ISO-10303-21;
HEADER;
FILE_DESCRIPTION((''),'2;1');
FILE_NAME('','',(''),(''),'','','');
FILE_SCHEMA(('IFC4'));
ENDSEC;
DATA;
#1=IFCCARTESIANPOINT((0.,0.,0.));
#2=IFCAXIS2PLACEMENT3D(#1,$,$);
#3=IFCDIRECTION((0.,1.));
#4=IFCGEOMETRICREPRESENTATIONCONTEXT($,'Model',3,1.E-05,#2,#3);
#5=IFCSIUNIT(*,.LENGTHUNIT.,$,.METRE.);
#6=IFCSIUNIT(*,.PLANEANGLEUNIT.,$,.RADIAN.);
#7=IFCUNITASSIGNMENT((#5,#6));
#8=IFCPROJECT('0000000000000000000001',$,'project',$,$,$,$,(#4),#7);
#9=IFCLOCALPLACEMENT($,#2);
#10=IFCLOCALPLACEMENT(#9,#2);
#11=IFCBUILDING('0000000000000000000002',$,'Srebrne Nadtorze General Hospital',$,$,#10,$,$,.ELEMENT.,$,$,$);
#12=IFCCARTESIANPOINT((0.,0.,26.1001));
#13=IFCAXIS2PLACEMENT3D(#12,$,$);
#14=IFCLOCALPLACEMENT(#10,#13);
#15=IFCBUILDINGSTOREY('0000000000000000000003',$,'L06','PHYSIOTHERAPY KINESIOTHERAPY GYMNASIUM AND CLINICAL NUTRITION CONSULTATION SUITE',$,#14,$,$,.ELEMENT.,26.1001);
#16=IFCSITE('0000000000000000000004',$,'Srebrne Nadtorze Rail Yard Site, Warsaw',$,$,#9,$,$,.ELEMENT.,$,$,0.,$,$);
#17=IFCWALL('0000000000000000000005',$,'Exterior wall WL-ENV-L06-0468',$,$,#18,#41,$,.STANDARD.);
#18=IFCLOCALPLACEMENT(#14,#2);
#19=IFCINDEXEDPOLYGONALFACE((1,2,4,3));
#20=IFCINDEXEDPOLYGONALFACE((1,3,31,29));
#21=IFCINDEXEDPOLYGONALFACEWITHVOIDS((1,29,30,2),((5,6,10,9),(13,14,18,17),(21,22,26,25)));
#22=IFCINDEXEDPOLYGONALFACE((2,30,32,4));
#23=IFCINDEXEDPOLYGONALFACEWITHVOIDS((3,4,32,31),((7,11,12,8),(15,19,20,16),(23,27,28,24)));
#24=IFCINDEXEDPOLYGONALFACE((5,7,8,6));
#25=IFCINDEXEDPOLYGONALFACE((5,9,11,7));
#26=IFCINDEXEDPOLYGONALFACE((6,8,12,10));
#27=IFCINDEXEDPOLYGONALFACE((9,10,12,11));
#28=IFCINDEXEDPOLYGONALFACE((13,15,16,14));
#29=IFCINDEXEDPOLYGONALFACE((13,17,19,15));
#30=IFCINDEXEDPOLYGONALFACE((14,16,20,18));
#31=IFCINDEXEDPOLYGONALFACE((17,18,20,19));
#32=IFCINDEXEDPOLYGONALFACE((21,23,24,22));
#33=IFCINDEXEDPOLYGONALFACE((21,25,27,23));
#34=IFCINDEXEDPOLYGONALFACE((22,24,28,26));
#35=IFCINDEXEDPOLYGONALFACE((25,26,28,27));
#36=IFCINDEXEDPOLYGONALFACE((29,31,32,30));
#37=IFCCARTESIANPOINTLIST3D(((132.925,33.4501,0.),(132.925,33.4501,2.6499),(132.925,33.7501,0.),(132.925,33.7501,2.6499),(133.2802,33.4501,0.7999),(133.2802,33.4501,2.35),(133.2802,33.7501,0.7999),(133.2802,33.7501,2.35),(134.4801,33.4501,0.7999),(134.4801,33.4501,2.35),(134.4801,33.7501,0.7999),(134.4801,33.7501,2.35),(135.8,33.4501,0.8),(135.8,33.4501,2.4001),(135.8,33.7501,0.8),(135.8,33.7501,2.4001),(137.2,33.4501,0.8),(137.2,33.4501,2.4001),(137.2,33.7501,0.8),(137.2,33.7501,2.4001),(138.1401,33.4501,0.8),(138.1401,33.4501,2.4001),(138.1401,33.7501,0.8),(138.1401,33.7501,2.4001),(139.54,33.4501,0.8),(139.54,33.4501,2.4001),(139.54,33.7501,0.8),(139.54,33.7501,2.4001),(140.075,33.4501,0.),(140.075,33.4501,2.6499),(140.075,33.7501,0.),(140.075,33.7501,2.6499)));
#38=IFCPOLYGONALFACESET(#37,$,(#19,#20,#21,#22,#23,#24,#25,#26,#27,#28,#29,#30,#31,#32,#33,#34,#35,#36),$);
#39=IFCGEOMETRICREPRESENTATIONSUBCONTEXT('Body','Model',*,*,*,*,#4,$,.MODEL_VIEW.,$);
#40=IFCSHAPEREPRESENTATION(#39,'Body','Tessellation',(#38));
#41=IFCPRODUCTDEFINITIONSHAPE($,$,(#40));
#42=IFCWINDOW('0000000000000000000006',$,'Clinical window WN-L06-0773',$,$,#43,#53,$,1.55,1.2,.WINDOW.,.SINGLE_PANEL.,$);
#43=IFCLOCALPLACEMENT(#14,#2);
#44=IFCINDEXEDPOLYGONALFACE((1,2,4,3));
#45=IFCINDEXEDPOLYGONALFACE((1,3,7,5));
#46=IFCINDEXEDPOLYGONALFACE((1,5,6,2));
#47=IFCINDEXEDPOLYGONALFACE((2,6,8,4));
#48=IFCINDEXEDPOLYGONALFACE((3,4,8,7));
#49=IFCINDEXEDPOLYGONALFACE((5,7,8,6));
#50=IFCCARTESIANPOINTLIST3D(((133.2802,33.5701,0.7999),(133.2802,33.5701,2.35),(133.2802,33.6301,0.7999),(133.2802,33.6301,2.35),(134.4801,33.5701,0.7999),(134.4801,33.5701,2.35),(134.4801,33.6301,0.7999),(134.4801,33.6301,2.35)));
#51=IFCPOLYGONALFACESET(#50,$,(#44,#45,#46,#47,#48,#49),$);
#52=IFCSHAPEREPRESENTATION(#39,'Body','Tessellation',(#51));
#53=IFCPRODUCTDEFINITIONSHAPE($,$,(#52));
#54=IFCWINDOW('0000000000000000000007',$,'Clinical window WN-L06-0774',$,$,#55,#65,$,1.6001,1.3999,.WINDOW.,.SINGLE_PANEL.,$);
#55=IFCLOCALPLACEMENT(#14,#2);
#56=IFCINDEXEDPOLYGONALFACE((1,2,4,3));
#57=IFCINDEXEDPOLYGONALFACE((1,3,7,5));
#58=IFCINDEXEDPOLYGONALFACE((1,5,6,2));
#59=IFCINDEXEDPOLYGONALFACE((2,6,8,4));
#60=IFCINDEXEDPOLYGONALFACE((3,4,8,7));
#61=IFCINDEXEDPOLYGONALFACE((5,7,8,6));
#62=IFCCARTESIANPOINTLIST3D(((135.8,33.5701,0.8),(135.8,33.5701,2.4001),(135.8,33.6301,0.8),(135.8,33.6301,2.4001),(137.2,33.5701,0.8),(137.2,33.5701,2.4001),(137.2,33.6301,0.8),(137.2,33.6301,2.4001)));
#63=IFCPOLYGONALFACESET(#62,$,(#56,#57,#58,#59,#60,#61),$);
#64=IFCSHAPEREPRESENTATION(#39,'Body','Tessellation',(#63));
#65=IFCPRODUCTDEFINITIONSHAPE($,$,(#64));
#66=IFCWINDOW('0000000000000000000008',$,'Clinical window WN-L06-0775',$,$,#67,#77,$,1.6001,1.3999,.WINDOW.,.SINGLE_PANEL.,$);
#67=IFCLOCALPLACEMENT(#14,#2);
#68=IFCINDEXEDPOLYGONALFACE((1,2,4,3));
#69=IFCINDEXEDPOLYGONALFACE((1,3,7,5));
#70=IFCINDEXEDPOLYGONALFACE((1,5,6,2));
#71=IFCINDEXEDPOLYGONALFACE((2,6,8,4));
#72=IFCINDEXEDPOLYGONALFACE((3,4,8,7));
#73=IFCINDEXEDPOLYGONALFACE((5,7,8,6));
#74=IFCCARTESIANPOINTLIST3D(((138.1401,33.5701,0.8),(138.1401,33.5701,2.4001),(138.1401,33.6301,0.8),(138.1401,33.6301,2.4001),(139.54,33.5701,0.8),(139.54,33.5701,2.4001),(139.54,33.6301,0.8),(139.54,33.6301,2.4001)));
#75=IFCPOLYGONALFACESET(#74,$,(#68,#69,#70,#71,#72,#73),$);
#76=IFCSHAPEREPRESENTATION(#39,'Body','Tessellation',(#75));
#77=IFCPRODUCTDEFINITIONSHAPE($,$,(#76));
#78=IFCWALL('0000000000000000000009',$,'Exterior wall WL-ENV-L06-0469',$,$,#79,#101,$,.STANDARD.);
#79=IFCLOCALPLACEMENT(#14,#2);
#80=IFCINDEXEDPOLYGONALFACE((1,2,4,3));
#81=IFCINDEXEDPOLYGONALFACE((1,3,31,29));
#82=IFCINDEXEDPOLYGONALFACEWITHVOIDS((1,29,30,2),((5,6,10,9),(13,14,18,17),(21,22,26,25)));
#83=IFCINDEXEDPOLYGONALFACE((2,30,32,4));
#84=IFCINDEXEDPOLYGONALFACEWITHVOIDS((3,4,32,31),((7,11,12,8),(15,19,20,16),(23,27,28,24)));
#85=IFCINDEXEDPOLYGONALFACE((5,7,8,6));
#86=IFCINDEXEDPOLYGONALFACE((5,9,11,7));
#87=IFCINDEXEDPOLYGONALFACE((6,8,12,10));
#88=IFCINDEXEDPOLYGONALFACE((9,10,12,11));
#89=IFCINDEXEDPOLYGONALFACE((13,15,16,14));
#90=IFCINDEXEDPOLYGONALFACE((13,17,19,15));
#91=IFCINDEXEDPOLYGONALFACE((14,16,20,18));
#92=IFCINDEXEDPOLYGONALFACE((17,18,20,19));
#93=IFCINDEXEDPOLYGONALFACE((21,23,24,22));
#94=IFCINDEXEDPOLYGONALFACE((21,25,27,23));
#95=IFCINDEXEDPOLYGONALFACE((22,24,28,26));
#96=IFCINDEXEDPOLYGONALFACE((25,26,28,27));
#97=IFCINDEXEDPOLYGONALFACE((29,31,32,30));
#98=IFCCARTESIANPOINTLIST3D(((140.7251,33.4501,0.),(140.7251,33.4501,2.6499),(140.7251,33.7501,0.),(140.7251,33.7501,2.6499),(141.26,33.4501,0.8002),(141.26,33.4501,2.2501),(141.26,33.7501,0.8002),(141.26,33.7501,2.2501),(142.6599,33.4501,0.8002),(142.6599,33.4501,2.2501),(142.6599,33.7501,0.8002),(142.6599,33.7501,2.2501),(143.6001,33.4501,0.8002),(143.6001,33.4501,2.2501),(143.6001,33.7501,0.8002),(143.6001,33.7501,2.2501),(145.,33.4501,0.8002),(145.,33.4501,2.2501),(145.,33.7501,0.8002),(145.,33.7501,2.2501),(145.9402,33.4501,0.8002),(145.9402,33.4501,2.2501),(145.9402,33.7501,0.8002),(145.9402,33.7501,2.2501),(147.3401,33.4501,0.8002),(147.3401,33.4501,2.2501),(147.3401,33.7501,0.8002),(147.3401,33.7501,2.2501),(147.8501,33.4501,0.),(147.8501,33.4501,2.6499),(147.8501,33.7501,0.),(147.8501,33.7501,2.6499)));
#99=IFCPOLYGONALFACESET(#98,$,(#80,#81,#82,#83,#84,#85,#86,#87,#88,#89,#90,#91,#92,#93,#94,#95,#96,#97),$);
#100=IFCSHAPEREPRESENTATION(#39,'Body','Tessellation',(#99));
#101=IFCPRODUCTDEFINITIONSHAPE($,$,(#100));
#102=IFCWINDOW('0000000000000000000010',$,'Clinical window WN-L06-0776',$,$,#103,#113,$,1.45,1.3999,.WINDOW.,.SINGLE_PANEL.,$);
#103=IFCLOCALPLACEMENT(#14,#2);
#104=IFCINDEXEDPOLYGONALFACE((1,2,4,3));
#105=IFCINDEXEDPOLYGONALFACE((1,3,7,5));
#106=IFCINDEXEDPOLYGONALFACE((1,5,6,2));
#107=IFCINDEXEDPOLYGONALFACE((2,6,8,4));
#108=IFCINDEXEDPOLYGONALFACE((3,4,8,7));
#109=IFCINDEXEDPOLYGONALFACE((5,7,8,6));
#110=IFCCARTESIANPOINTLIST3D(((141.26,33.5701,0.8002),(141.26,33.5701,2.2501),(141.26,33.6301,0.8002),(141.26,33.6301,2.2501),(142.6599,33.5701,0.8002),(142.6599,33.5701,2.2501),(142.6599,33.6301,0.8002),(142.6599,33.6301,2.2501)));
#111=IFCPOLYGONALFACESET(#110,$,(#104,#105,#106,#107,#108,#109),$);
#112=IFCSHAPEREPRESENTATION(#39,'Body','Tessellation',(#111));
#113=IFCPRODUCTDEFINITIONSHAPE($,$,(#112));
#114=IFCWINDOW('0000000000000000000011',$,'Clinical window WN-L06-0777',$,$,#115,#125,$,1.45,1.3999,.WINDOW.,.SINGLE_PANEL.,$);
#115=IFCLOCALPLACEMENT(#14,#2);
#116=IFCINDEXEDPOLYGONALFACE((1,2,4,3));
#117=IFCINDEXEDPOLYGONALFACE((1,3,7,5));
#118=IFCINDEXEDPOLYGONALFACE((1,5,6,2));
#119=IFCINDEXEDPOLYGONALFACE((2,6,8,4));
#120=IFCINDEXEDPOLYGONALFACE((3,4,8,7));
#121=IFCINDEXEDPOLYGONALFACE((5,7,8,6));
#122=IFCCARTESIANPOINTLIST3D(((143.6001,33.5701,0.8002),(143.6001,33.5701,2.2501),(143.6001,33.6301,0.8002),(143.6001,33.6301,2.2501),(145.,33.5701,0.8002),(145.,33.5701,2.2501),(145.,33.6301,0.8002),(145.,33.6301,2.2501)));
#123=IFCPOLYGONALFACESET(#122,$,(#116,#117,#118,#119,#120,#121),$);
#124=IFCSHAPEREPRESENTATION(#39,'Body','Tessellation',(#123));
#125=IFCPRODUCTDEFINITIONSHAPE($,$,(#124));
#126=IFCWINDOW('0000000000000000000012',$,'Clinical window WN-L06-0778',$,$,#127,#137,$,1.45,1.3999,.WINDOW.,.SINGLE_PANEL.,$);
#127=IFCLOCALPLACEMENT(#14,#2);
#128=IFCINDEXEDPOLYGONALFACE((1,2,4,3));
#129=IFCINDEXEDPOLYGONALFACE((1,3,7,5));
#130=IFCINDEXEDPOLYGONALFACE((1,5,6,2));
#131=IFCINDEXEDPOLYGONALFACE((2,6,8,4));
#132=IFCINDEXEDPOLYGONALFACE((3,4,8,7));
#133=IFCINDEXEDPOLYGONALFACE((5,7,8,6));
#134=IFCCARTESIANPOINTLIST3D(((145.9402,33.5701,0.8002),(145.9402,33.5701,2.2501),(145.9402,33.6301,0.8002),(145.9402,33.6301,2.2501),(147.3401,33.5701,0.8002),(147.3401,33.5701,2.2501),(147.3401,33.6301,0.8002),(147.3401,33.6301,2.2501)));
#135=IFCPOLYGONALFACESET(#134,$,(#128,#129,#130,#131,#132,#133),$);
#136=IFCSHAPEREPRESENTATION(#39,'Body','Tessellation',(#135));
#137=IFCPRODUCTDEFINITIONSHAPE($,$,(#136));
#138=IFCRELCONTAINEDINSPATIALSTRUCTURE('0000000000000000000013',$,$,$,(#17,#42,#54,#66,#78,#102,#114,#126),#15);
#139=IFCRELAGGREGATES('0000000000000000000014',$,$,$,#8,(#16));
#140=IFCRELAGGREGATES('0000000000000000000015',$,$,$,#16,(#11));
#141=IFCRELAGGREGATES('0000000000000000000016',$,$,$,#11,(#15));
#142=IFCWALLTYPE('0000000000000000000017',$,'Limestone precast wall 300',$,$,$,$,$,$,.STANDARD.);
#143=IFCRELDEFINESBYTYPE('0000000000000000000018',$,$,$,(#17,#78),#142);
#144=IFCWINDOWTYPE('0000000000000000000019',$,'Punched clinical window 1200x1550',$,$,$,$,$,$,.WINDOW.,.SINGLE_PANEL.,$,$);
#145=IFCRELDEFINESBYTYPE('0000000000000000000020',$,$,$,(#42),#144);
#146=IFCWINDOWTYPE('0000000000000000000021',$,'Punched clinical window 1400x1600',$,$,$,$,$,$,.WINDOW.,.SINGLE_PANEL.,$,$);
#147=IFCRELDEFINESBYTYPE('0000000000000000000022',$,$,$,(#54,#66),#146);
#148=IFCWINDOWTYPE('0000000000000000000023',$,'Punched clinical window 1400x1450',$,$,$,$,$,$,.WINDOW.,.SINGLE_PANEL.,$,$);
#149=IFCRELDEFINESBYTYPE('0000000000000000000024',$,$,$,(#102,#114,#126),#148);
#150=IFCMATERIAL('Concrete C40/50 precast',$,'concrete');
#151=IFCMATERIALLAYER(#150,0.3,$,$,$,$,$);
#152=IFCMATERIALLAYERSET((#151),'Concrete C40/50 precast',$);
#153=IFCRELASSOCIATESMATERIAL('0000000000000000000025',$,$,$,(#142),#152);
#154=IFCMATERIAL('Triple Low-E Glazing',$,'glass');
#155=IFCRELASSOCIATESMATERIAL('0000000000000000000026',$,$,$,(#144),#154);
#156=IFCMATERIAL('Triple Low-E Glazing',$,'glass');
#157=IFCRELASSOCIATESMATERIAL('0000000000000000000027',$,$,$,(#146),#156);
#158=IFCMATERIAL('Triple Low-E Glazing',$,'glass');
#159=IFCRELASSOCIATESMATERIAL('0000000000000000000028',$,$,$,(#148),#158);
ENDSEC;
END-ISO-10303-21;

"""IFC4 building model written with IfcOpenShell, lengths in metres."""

from ifc_helpers import new_model, si_unit, direction, frame, frame_2d, origin, place, context, subcontext, project, spatial, rectangle, extrude, material, layer, layer_set, type_object, element, fill, save


model = new_model("IFC4")

# Units and contexts
model_context = context("Model", 3, precision=1e-05, world=origin(), true_north=direction((0.0, 1.0)))
body_context = subcontext(model_context, "Body", "Model", "MODEL_VIEW")
ifc_project = project(units=[si_unit("LENGTHUNIT", "METRE"), si_unit("PLANEANGLEUNIT", "RADIAN")], contexts=[model_context])

# Site, building, storey
site_placement = place(None, origin())
site = spatial("IfcSite", under=ifc_project, at=site_placement, Name="Srebrne Nadtorze Rail Yard Site, Warsaw", CompositionType="ELEMENT", RefElevation=0.0)
building_placement = place(site_placement, origin())
building = spatial("IfcBuilding", under=site, at=building_placement, Name="Srebrne Nadtorze General Hospital", CompositionType="ELEMENT")
storey_placement = place(building_placement, frame((0.0, 0.0, 26.1001)))
storey = spatial("IfcBuildingStorey", under=building, at=storey_placement, Name="L06", Description="PHYSIOTHERAPY KINESIOTHERAPY GYMNASIUM AND CLINICAL NUTRITION CONSULTATION SUITE", CompositionType="ELEMENT", Elevation=26.1001)

# Walls, openings, windows
ifc_material_1 = material(Name="Concrete C40/50 precast", Category="concrete")
ifc_layer_1 = layer(ifc_material_1, 0.3)
ifc_layer_set_1 = layer_set([ifc_layer_1], Name="Concrete C40/50 precast")
wall_type_1 = type_object("IfcWallType", Name="Limestone precast wall 300", PredefinedType="STANDARD", material=ifc_layer_set_1)
wall_1_placement = place(storey_placement, frame((132.925, 33.6001, 0.0), z_axis=(0.0, 0.0, 1.0), x_axis=(1.0, 0.0, 0.0)))
wall_1 = element("IfcWall", 1, at=wall_1_placement, inside=storey, type_object=wall_type_1, Name="Exterior wall WL-ENV-L06-0468", PredefinedType="STANDARD", context=body_context, shape_type="SweptSolid", body=[
    extrude(rectangle(XDim=7.1499, YDim=0.3, at=frame_2d((3.575, 0.0))), origin(), (0.0, 0.0, 1.0), 2.6499),
])
opening_1_placement = place(wall_1_placement, frame((0.355, 0.0, 0.8)))
opening_1 = element("IfcOpeningElement", 2, at=opening_1_placement, cuts=wall_1, PredefinedType="OPENING", context=body_context, shape_type="SweptSolid", body=[
    extrude(rectangle(XDim=1.2, YDim=1.55, at=frame_2d((0.6001, 0.7749))), frame((0.0, 0.1621, 0.0), z_axis=(0.0, -1.0, 0.0), x_axis=(1.0, 0.0, 0.0)), (0.0, 0.0, 1.0), 0.324),
])
opening_2_placement = place(wall_1_placement, frame((2.875, 0.0, 0.8)))
opening_2 = element("IfcOpeningElement", 3, at=opening_2_placement, cuts=wall_1, PredefinedType="OPENING", context=body_context, shape_type="SweptSolid", body=[
    extrude(rectangle(XDim=1.3999, YDim=1.6001, at=frame_2d((0.7, 0.8))), frame((0.0, 0.1621, 0.0), z_axis=(0.0, -1.0, 0.0), x_axis=(1.0, 0.0, 0.0)), (0.0, 0.0, 1.0), 0.324),
])
opening_3_placement = place(wall_1_placement, frame((5.2151, 0.0, 0.8)))
opening_3 = element("IfcOpeningElement", 4, at=opening_3_placement, cuts=wall_1, PredefinedType="OPENING", context=body_context, shape_type="SweptSolid", body=[
    extrude(rectangle(XDim=1.3999, YDim=1.6001, at=frame_2d((0.7, 0.8))), frame((0.0, 0.1621, 0.0), z_axis=(0.0, -1.0, 0.0), x_axis=(1.0, 0.0, 0.0)), (0.0, 0.0, 1.0), 0.324),
])
ifc_material_2 = material(Name="Triple Low-E Glazing", Category="glass")
window_type_1 = type_object("IfcWindowType", Name="Punched clinical window 1200x1550", PartitioningType="SINGLE_PANEL", PredefinedType="WINDOW", material=ifc_material_2)
window_1_placement = place(opening_1_placement, origin())
window_1 = element("IfcWindow", 5, at=window_1_placement, inside=storey, type_object=window_type_1, Name="Clinical window WN-L06-0773", OverallHeight=1.55, OverallWidth=1.2, PartitioningType="SINGLE_PANEL", PredefinedType="WINDOW", context=body_context, shape_type="SweptSolid", body=[
    extrude(rectangle(XDim=1.2, YDim=1.55, at=frame_2d((0.6001, 0.7749))), frame((0.0, 0.03, 0.0), z_axis=(0.0, -1.0, 0.0), x_axis=(1.0, 0.0, 0.0)), (0.0, 0.0, 1.0), 0.0601),
])
fill(opening_1, window_1)
ifc_material_3 = material(Name="Triple Low-E Glazing", Category="glass")
window_type_2 = type_object("IfcWindowType", Name="Punched clinical window 1400x1600", PartitioningType="SINGLE_PANEL", PredefinedType="WINDOW", material=ifc_material_3)
window_2_placement = place(opening_2_placement, origin())
window_2 = element("IfcWindow", 6, at=window_2_placement, inside=storey, type_object=window_type_2, Name="Clinical window WN-L06-0774", OverallHeight=1.6001, OverallWidth=1.3999, PartitioningType="SINGLE_PANEL", PredefinedType="WINDOW", context=body_context, shape_type="SweptSolid", body=[
    extrude(rectangle(XDim=1.3999, YDim=1.6001, at=frame_2d((0.7, 0.8))), frame((0.0, 0.03, 0.0), z_axis=(0.0, -1.0, 0.0), x_axis=(1.0, 0.0, 0.0)), (0.0, 0.0, 1.0), 0.0601),
])
fill(opening_2, window_2)
window_3_placement = place(opening_3_placement, origin())
window_3 = element("IfcWindow", 7, at=window_3_placement, inside=storey, type_object=window_type_2, Name="Clinical window WN-L06-0775", OverallHeight=1.6001, OverallWidth=1.3999, PartitioningType="SINGLE_PANEL", PredefinedType="WINDOW", context=body_context, shape_type="SweptSolid", body=[
    extrude(rectangle(XDim=1.3999, YDim=1.6001, at=frame_2d((0.7, 0.8))), frame((0.0, 0.03, 0.0), z_axis=(0.0, -1.0, 0.0), x_axis=(1.0, 0.0, 0.0)), (0.0, 0.0, 1.0), 0.0601),
])
fill(opening_3, window_3)
wall_2_placement = place(storey_placement, frame((140.7251, 33.6001, 0.0), z_axis=(0.0, 0.0, 1.0), x_axis=(1.0, 0.0, 0.0)))
wall_2 = element("IfcWall", 8, at=wall_2_placement, inside=storey, type_object=wall_type_1, Name="Exterior wall WL-ENV-L06-0469", PredefinedType="STANDARD", context=body_context, shape_type="SweptSolid", body=[
    extrude(rectangle(XDim=7.125, YDim=0.3, at=frame_2d((3.5625, 0.0))), origin(), (0.0, 0.0, 1.0), 2.6499),
])
opening_4_placement = place(wall_2_placement, frame((0.5349, 0.0, 0.8)))
opening_4 = element("IfcOpeningElement", 9, at=opening_4_placement, cuts=wall_2, PredefinedType="OPENING", context=body_context, shape_type="SweptSolid", body=[
    extrude(rectangle(XDim=1.3999, YDim=1.45, at=frame_2d((0.7, 0.7251))), frame((0.0, 0.1621, 0.0), z_axis=(0.0, -1.0, 0.0), x_axis=(1.0, 0.0, 0.0)), (0.0, 0.0, 1.0), 0.324),
])
opening_5_placement = place(wall_2_placement, frame((2.875, 0.0, 0.8)))
opening_5 = element("IfcOpeningElement", 10, at=opening_5_placement, cuts=wall_2, PredefinedType="OPENING", context=body_context, shape_type="SweptSolid", body=[
    extrude(rectangle(XDim=1.3999, YDim=1.45, at=frame_2d((0.7, 0.7251))), frame((0.0, 0.1621, 0.0), z_axis=(0.0, -1.0, 0.0), x_axis=(1.0, 0.0, 0.0)), (0.0, 0.0, 1.0), 0.324),
])
opening_6_placement = place(wall_2_placement, frame((5.2151, 0.0, 0.8)))
opening_6 = element("IfcOpeningElement", 11, at=opening_6_placement, cuts=wall_2, PredefinedType="OPENING", context=body_context, shape_type="SweptSolid", body=[
    extrude(rectangle(XDim=1.3999, YDim=1.45, at=frame_2d((0.7, 0.7251))), frame((0.0, 0.1621, 0.0), z_axis=(0.0, -1.0, 0.0), x_axis=(1.0, 0.0, 0.0)), (0.0, 0.0, 1.0), 0.324),
])
ifc_material_4 = material(Name="Triple Low-E Glazing", Category="glass")
window_type_3 = type_object("IfcWindowType", Name="Punched clinical window 1400x1450", PartitioningType="SINGLE_PANEL", PredefinedType="WINDOW", material=ifc_material_4)
window_4_placement = place(opening_4_placement, origin())
window_4 = element("IfcWindow", 12, at=window_4_placement, inside=storey, type_object=window_type_3, Name="Clinical window WN-L06-0776", OverallHeight=1.45, OverallWidth=1.3999, PartitioningType="SINGLE_PANEL", PredefinedType="WINDOW", context=body_context, shape_type="SweptSolid", body=[
    extrude(rectangle(XDim=1.3999, YDim=1.45, at=frame_2d((0.7, 0.7251))), frame((0.0, 0.03, 0.0), z_axis=(0.0, -1.0, 0.0), x_axis=(1.0, 0.0, 0.0)), (0.0, 0.0, 1.0), 0.0601),
])
fill(opening_4, window_4)
window_5_placement = place(opening_5_placement, origin())
window_5 = element("IfcWindow", 13, at=window_5_placement, inside=storey, type_object=window_type_3, Name="Clinical window WN-L06-0777", OverallHeight=1.45, OverallWidth=1.3999, PartitioningType="SINGLE_PANEL", PredefinedType="WINDOW", context=body_context, shape_type="SweptSolid", body=[
    extrude(rectangle(XDim=1.3999, YDim=1.45, at=frame_2d((0.7, 0.7251))), frame((0.0, 0.03, 0.0), z_axis=(0.0, -1.0, 0.0), x_axis=(1.0, 0.0, 0.0)), (0.0, 0.0, 1.0), 0.0601),
])
fill(opening_5, window_5)
window_6_placement = place(opening_6_placement, origin())
window_6 = element("IfcWindow", 14, at=window_6_placement, inside=storey, type_object=window_type_3, Name="Clinical window WN-L06-0778", OverallHeight=1.45, OverallWidth=1.3999, PartitioningType="SINGLE_PANEL", PredefinedType="WINDOW", context=body_context, shape_type="SweptSolid", body=[
    extrude(rectangle(XDim=1.3999, YDim=1.45, at=frame_2d((0.7, 0.7251))), frame((0.0, 0.03, 0.0), z_axis=(0.0, -1.0, 0.0), x_axis=(1.0, 0.0, 0.0)), (0.0, 0.0, 1.0), 0.0601),
])
fill(opening_6, window_6)

save(model, "model.ifc")
